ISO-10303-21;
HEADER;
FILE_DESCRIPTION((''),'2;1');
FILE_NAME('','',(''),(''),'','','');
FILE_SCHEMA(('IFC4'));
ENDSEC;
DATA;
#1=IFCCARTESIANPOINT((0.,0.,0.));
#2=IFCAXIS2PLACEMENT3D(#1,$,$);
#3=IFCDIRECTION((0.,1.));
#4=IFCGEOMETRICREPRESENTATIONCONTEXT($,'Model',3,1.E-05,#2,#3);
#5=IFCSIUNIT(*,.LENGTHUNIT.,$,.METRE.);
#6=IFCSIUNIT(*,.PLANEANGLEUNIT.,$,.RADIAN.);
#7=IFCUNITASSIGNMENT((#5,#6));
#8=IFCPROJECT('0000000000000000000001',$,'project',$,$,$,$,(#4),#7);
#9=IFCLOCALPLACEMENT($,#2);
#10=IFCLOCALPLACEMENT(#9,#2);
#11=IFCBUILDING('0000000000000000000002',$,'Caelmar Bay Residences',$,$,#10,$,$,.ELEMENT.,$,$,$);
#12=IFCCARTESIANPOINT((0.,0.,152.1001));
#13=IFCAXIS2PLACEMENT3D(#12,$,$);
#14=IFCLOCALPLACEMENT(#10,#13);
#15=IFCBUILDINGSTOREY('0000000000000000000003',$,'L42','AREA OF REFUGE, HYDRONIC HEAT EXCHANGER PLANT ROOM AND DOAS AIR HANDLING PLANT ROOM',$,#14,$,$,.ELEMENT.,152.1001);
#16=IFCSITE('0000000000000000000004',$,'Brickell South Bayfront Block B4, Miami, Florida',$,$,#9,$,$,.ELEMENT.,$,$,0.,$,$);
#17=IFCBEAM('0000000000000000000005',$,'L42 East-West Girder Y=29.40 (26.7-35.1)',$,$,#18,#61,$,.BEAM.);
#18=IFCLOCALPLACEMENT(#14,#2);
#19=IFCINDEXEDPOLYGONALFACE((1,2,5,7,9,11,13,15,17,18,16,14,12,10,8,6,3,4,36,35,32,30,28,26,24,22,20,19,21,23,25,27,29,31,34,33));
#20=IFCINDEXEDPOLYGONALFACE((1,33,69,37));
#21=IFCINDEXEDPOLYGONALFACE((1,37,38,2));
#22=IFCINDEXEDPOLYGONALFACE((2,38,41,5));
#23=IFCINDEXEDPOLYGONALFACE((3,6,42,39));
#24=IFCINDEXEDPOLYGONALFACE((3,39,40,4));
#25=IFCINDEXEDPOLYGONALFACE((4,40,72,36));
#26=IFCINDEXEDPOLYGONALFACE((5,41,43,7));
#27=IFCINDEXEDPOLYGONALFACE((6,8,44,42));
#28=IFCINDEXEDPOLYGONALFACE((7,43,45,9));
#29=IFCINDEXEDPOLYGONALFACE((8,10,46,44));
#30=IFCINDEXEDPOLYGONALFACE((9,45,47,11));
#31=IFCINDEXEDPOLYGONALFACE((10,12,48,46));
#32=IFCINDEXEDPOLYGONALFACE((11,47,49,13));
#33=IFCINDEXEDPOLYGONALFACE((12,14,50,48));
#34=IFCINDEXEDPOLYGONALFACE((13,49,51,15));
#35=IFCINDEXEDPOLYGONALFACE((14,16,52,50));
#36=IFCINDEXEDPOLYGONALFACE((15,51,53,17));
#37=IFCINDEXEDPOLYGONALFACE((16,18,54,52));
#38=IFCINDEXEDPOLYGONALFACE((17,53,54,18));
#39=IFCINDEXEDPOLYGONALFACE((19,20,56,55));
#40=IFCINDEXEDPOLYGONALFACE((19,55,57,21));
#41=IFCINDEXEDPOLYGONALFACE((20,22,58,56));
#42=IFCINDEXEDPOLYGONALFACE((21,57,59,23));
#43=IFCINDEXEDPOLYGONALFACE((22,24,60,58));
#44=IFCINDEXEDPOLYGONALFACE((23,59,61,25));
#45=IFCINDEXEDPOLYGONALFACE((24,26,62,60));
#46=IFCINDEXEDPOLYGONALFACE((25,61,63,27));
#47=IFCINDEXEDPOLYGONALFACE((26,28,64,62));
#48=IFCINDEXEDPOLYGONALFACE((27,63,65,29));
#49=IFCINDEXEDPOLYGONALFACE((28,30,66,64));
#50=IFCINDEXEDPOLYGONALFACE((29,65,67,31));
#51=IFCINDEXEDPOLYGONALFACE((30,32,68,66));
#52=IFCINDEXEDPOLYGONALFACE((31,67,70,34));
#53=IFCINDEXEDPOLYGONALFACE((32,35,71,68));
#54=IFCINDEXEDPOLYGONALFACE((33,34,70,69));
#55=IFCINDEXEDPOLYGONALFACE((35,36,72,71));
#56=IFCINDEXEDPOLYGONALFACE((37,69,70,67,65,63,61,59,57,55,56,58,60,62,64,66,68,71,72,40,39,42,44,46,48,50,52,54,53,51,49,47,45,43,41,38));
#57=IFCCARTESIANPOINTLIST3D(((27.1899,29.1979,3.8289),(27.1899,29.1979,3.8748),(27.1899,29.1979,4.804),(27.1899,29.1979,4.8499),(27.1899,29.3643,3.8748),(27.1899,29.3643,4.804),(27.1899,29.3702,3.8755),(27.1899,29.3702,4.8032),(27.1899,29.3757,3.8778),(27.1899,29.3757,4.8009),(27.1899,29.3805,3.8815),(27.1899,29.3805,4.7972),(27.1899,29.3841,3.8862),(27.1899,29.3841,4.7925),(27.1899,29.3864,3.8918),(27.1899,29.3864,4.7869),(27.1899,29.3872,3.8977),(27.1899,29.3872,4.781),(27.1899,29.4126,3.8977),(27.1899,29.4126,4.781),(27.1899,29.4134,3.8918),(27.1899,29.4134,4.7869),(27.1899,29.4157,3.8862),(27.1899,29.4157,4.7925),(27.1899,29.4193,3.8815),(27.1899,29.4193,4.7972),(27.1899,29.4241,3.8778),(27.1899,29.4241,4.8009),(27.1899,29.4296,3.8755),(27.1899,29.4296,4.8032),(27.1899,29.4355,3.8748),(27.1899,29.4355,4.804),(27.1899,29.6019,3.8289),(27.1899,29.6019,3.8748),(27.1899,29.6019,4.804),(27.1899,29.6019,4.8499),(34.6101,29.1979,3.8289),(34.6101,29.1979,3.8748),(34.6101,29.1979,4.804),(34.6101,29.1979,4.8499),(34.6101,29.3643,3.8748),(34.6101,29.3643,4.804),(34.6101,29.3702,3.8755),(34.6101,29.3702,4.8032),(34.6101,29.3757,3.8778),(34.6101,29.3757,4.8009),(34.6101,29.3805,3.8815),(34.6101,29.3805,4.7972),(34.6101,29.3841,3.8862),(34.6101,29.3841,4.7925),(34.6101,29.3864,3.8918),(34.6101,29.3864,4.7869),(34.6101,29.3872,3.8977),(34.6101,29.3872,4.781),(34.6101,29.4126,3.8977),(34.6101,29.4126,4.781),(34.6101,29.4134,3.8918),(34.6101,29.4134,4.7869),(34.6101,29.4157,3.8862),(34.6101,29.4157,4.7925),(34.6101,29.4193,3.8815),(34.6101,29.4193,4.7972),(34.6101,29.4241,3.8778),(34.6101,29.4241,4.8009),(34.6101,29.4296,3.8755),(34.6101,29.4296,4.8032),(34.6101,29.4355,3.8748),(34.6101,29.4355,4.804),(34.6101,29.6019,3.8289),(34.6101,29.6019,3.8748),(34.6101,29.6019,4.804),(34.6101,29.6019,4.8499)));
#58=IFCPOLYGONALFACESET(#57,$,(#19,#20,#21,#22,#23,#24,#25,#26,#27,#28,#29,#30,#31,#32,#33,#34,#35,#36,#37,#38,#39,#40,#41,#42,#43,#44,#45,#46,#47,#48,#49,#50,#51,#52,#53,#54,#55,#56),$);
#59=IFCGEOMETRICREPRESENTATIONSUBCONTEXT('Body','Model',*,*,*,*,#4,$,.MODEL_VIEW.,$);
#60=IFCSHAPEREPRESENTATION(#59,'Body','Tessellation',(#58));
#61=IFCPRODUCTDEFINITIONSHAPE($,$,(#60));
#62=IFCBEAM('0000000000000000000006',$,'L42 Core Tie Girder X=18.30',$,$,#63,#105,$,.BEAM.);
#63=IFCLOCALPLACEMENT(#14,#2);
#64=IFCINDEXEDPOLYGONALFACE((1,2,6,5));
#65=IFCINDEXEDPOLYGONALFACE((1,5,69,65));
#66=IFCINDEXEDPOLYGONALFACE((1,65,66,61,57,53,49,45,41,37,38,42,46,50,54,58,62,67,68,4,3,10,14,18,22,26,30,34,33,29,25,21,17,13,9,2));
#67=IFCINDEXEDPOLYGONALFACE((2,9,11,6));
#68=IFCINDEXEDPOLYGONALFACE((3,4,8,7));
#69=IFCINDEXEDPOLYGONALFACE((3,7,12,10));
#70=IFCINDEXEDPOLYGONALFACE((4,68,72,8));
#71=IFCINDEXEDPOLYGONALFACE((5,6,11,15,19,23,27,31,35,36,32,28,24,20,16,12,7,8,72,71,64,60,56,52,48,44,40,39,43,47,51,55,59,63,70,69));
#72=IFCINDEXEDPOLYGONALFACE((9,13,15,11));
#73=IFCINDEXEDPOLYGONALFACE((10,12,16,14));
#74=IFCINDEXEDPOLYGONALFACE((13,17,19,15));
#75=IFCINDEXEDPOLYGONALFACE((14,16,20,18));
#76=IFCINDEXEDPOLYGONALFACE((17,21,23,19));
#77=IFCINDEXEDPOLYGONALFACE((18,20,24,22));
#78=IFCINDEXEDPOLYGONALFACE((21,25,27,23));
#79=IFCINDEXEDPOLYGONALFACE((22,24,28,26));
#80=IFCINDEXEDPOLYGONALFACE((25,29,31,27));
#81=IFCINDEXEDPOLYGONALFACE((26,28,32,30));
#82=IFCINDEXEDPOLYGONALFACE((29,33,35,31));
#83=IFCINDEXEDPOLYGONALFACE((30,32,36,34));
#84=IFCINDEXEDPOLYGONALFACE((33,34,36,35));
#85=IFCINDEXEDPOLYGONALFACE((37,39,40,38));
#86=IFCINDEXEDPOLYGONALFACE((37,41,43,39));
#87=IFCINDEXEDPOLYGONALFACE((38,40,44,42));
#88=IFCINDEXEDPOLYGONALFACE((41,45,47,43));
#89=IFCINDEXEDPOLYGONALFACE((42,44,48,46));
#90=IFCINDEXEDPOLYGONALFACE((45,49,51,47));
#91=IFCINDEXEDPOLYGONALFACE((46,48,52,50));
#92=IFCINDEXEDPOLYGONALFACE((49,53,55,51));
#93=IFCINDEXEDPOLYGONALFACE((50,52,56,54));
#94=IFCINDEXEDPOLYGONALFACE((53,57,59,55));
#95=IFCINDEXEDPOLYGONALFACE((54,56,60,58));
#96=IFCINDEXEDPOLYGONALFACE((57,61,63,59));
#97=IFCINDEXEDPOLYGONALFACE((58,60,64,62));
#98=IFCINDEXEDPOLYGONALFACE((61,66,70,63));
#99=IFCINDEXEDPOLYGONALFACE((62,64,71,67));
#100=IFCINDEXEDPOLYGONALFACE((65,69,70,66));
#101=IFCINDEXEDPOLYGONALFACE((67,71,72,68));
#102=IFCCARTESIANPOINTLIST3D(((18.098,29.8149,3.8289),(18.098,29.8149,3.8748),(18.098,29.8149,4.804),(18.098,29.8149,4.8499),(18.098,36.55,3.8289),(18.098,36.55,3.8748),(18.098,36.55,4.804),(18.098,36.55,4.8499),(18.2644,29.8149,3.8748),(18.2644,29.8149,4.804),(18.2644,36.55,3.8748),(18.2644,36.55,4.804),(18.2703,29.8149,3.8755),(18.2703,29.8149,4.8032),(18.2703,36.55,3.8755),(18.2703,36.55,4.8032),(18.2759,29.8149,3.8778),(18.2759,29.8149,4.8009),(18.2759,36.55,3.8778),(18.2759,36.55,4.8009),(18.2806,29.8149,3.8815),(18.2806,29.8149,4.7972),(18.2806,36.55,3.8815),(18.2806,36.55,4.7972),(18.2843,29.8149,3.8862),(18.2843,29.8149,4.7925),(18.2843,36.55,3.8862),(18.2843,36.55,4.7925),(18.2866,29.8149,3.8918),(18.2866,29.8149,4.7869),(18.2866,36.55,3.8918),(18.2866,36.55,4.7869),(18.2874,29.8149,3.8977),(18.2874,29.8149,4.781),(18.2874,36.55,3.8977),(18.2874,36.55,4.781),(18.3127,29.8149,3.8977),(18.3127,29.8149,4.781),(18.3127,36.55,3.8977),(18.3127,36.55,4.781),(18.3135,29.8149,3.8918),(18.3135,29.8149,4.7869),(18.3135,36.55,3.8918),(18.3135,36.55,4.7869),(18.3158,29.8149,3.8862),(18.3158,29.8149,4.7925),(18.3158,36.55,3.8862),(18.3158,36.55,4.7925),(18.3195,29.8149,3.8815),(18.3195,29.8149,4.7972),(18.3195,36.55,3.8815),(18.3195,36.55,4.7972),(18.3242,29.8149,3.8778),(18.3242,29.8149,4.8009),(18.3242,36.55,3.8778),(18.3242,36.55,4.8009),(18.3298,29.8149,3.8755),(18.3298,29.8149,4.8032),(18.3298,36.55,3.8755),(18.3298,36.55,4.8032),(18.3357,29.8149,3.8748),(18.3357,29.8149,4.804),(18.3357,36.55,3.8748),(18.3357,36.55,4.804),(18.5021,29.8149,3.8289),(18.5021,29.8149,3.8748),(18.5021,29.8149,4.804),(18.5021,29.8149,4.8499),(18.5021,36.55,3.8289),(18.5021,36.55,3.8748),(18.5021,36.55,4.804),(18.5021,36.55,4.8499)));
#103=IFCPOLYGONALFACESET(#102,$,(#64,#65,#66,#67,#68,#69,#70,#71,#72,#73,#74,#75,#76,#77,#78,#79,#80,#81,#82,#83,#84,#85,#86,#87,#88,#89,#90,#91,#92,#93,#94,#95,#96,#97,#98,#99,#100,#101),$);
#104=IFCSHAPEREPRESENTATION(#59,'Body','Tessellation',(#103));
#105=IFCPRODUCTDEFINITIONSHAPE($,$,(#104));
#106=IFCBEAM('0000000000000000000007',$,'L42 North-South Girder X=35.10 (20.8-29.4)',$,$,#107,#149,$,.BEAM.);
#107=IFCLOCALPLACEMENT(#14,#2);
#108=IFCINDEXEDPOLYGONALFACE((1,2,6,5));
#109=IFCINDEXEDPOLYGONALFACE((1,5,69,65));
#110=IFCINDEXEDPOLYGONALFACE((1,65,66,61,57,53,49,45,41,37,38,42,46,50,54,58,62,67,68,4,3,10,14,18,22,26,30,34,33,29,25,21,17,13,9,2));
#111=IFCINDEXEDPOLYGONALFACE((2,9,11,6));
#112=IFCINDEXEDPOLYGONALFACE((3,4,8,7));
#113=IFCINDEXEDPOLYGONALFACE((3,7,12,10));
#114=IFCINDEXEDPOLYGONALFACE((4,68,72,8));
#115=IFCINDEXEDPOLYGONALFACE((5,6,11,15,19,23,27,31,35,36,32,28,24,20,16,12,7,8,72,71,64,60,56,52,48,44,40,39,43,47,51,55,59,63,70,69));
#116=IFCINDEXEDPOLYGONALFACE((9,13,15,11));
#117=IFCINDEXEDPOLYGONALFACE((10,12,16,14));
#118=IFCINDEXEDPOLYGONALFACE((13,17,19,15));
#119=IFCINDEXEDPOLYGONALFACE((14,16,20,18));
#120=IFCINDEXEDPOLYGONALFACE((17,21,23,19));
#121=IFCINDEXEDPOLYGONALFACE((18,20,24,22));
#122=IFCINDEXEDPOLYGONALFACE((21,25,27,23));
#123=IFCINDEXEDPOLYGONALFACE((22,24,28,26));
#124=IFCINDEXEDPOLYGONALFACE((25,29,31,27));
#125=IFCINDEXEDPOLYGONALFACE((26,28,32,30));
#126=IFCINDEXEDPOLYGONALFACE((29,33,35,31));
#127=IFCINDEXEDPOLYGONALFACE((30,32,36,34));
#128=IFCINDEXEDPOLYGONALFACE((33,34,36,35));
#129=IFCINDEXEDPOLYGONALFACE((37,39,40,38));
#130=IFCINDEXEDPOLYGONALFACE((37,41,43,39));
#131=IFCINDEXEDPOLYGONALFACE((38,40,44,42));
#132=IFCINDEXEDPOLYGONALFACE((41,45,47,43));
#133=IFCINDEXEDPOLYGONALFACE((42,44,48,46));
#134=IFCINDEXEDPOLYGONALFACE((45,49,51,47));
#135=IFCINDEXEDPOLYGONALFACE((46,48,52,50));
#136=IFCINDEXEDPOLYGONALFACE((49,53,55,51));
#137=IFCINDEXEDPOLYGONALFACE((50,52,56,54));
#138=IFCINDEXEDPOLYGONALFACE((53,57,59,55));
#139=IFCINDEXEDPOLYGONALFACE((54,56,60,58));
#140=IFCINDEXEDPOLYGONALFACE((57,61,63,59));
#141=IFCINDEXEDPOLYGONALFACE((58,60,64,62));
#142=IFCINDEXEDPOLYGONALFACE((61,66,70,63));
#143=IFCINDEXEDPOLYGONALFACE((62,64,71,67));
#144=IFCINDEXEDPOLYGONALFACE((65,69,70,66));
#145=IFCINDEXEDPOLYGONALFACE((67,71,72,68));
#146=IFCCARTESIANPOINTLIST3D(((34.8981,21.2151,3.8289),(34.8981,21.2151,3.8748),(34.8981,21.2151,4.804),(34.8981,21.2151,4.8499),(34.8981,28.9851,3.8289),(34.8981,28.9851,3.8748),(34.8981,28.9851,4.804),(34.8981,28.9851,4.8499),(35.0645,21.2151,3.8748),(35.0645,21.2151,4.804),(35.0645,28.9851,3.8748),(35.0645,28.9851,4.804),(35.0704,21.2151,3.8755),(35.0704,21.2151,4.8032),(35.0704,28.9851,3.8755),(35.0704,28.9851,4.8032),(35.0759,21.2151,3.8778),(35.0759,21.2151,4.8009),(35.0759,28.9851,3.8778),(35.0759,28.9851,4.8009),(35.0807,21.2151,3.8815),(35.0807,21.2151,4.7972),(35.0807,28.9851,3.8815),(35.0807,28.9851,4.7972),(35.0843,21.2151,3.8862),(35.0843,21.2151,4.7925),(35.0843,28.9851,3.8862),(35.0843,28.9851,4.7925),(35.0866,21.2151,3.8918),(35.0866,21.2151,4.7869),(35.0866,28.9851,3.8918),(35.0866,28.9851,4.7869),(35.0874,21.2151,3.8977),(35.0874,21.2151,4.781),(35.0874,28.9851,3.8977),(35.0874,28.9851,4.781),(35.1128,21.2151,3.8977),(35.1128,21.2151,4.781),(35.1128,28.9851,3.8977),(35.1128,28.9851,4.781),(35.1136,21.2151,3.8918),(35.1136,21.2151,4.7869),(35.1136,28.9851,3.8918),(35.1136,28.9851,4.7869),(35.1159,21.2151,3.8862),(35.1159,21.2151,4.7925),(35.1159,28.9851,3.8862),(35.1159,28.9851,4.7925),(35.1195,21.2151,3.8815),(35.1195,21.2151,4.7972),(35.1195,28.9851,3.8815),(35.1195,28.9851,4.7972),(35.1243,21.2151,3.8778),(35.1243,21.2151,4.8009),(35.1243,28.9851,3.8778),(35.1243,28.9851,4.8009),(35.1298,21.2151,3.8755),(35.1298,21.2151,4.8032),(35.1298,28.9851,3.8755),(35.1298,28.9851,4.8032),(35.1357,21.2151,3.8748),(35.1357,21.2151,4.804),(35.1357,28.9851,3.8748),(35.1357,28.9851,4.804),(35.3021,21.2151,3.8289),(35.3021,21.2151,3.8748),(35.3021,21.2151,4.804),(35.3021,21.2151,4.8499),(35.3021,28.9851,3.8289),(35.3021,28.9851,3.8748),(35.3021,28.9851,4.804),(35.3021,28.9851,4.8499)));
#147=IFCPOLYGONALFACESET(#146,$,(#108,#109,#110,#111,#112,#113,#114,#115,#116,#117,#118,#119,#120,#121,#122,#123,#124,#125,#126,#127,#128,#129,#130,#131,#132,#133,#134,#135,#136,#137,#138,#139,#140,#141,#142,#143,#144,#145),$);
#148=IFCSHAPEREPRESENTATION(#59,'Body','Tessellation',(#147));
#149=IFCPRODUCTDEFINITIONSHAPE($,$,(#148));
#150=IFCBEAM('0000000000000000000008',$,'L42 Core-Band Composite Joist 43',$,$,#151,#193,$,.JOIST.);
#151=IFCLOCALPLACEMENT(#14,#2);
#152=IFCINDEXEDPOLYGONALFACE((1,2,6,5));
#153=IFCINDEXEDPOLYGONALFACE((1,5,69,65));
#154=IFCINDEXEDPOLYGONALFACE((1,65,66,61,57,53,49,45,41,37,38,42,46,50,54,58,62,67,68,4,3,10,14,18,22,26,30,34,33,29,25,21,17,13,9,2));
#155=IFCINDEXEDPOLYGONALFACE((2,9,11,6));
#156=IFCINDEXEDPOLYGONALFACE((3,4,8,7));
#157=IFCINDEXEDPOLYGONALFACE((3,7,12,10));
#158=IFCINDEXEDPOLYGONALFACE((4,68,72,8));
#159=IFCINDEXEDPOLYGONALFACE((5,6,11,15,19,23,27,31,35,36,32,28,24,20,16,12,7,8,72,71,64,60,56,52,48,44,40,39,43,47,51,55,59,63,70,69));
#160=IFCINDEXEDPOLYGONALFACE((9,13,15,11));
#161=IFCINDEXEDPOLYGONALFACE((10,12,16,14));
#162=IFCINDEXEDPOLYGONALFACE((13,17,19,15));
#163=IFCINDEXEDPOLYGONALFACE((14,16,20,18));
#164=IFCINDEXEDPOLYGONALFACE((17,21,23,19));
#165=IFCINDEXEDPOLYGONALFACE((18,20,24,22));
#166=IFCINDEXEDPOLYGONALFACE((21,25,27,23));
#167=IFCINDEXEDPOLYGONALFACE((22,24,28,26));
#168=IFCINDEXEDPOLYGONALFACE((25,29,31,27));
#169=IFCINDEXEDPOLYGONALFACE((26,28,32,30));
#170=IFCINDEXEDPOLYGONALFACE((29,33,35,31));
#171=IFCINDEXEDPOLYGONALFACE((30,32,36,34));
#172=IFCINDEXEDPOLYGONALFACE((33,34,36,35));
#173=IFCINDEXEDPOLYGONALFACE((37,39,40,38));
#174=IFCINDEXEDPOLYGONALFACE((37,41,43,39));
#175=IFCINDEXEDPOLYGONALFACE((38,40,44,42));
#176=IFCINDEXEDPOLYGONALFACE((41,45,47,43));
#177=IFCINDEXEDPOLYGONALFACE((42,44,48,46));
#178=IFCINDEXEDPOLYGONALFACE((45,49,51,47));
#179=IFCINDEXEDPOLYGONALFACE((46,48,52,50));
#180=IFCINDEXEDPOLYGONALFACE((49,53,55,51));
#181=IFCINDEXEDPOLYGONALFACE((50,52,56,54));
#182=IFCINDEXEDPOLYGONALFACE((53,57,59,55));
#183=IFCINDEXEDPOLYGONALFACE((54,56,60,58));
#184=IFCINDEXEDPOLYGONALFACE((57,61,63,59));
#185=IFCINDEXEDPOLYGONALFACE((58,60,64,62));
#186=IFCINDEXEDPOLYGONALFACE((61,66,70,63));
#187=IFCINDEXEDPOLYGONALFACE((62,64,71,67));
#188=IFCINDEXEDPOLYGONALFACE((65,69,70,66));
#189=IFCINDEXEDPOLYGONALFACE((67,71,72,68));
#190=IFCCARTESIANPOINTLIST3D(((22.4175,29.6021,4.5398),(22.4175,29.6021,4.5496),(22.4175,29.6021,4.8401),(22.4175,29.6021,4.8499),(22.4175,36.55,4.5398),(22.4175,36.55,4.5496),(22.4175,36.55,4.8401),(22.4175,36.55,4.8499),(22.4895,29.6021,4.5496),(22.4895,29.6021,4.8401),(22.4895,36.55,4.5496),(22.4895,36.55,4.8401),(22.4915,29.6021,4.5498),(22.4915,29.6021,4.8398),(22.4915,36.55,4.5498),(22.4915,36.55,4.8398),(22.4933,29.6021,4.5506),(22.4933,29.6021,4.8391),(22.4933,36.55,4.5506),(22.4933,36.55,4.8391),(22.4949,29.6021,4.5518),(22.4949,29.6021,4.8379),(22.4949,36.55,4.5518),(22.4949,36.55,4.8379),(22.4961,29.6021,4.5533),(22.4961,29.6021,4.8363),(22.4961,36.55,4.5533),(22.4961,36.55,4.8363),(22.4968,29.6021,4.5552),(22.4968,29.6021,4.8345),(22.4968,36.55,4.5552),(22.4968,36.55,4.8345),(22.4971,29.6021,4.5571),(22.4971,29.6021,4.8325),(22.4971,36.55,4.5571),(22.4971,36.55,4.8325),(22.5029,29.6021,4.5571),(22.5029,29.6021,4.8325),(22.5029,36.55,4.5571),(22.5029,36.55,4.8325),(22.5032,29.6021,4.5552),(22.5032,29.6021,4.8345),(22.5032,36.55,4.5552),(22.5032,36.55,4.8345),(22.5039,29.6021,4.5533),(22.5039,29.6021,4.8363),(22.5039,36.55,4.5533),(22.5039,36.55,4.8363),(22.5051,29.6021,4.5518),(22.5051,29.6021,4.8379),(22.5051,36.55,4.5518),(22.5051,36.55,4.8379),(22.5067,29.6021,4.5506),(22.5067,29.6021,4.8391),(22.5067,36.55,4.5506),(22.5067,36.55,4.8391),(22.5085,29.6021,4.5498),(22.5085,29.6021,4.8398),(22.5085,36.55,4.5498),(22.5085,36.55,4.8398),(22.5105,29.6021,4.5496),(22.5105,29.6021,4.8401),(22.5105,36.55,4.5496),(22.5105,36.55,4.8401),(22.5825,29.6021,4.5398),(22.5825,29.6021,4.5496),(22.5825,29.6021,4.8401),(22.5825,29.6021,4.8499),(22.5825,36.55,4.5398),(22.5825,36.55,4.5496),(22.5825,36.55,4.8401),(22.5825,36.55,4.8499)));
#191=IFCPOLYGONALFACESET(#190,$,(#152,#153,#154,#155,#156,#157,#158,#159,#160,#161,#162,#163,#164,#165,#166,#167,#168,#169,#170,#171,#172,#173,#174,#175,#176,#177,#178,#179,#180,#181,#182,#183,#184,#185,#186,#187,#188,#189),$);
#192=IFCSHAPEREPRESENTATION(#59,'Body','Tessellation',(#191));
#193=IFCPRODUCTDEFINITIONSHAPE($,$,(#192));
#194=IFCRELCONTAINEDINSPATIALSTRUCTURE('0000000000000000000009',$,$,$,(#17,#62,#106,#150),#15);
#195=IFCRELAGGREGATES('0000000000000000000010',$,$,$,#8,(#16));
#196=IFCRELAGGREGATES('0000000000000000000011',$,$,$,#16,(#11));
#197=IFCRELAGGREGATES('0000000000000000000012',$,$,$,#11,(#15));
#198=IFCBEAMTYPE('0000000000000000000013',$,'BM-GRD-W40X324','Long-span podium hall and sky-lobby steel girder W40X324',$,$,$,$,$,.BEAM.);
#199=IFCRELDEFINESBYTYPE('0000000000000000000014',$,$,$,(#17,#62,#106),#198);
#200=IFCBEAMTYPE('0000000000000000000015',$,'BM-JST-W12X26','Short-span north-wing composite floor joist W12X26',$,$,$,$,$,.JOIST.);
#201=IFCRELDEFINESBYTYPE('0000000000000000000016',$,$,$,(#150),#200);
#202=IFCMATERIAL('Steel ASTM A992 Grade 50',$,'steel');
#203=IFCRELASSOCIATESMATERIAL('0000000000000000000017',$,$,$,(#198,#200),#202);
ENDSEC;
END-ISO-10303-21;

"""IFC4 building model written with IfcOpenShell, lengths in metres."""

from ifc_helpers import new_model, si_unit, direction, frame, origin, origin_2d, place, context, subcontext, project, spatial, i_section, extrude, material, material_profile, profile_set, type_object, element, save


model = new_model("IFC4")

# Units and contexts
model_context = context("Model", 3, precision=1e-05, world=origin(), true_north=direction((0.0, 1.0)))
body_context = subcontext(model_context, "Body", "Model", "MODEL_VIEW")
ifc_project = project(units=[si_unit("LENGTHUNIT", "METRE"), si_unit("PLANEANGLEUNIT", "RADIAN")], contexts=[model_context])

# Site, building, storey
site_placement = place(None, origin())
site = spatial("IfcSite", under=ifc_project, at=site_placement, Name="Brickell South Bayfront Block B4, Miami, Florida", CompositionType="ELEMENT", RefElevation=0.0)
building_placement = place(site_placement, origin())
building = spatial("IfcBuilding", under=site, at=building_placement, Name="Caelmar Bay Residences", CompositionType="ELEMENT")
storey_placement = place(building_placement, frame((0.0, 0.0, 152.1001)))
storey = spatial("IfcBuildingStorey", under=building, at=storey_placement, Name="L42", Description="AREA OF REFUGE, HYDRONIC HEAT EXCHANGER PLANT ROOM AND DOAS AIR HANDLING PLANT ROOM", CompositionType="ELEMENT", Elevation=152.1001)

# Beams
ifc_material_1 = material(Name="Steel ASTM A992 Grade 50", Category="steel")
ifc_material_profile_1 = material_profile(ifc_material_1, i_section(OverallWidth=0.4041, OverallDepth=1.021, WebThickness=0.0254, FlangeThickness=0.0459, FilletRadius=0.0229, at=origin_2d()), Name="W40X324")
ifc_profile_set_1 = profile_set([ifc_material_profile_1], Name="Steel ASTM A992 Grade 50")
beam_type_1 = type_object("IfcBeamType", Name="BM-GRD-W40X324", Description="Long-span podium hall and sky-lobby steel girder W40X324", PredefinedType="BEAM", material=ifc_profile_set_1)
beam_1_placement = place(storey_placement, frame((27.1899, 29.3999, 4.3394), z_axis=(1.0, 0.0, 0.0), x_axis=(0.0, 1.0, 0.0)))
element("IfcBeam", 1, at=beam_1_placement, inside=storey, type_object=beam_type_1, Name="L42 East-West Girder Y=29.40 (26.7-35.1)", PredefinedType="BEAM", context=body_context, shape_type="SweptSolid", body=[
    extrude(i_section(OverallWidth=0.4041, OverallDepth=1.021, WebThickness=0.0254, FlangeThickness=0.0459, FilletRadius=0.0229, at=origin_2d()), origin(), (0.0, 0.0, 1.0), 7.4202),
])
beam_2_placement = place(storey_placement, frame((18.3, 29.8149, 4.3394), z_axis=(0.0, 1.0, 0.0), x_axis=(-1.0, 0.0, 0.0)))
element("IfcBeam", 2, at=beam_2_placement, inside=storey, type_object=beam_type_1, Name="L42 Core Tie Girder X=18.30", PredefinedType="BEAM", context=body_context, shape_type="SweptSolid", body=[
    extrude(i_section(OverallWidth=0.4041, OverallDepth=1.021, WebThickness=0.0254, FlangeThickness=0.0459, FilletRadius=0.0229, at=origin_2d()), origin(), (0.0, 0.0, 1.0), 6.7351),
])
beam_3_placement = place(storey_placement, frame((35.1001, 21.2151, 4.3394), z_axis=(0.0, 1.0, 0.0), x_axis=(-1.0, 0.0, 0.0)))
element("IfcBeam", 3, at=beam_3_placement, inside=storey, type_object=beam_type_1, Name="L42 North-South Girder X=35.10 (20.8-29.4)", PredefinedType="BEAM", context=body_context, shape_type="SweptSolid", body=[
    extrude(i_section(OverallWidth=0.4041, OverallDepth=1.021, WebThickness=0.0254, FlangeThickness=0.0459, FilletRadius=0.0229, at=origin_2d()), origin(), (0.0, 0.0, 1.0), 7.77),
])
ifc_material_profile_2 = material_profile(ifc_material_1, i_section(OverallWidth=0.165, OverallDepth=0.3101, WebThickness=0.0059, FlangeThickness=0.0098, FilletRadius=0.0076, at=origin_2d()), Name="W12X26")
ifc_profile_set_2 = profile_set([ifc_material_profile_2], Name="Steel ASTM A992 Grade 50")
beam_type_2 = type_object("IfcBeamType", Name="BM-JST-W12X26", Description="Short-span north-wing composite floor joist W12X26", PredefinedType="JOIST", material=ifc_profile_set_2)
for number, where, z_axis, x_axis, name in (
    (4, (22.5, 29.6021, 4.6948), (0.0, 1.0, 0.0), (-1.0, 0.0, 0.0), "L42 Core-Band Composite Joist 43"),
):
    element("IfcBeam", number, at=place(storey_placement, frame(where, z_axis=z_axis, x_axis=x_axis)), inside=storey, type_object=beam_type_2, Name=name, PredefinedType="JOIST", context=body_context, shape_type="SweptSolid", body=[
        extrude(i_section(OverallWidth=0.165, OverallDepth=0.3101, WebThickness=0.0059, FlangeThickness=0.0098, FilletRadius=0.0076, at=origin_2d()), origin(), (0.0, 0.0, 1.0), 6.948),
    ])

save(model, "model.ifc")
